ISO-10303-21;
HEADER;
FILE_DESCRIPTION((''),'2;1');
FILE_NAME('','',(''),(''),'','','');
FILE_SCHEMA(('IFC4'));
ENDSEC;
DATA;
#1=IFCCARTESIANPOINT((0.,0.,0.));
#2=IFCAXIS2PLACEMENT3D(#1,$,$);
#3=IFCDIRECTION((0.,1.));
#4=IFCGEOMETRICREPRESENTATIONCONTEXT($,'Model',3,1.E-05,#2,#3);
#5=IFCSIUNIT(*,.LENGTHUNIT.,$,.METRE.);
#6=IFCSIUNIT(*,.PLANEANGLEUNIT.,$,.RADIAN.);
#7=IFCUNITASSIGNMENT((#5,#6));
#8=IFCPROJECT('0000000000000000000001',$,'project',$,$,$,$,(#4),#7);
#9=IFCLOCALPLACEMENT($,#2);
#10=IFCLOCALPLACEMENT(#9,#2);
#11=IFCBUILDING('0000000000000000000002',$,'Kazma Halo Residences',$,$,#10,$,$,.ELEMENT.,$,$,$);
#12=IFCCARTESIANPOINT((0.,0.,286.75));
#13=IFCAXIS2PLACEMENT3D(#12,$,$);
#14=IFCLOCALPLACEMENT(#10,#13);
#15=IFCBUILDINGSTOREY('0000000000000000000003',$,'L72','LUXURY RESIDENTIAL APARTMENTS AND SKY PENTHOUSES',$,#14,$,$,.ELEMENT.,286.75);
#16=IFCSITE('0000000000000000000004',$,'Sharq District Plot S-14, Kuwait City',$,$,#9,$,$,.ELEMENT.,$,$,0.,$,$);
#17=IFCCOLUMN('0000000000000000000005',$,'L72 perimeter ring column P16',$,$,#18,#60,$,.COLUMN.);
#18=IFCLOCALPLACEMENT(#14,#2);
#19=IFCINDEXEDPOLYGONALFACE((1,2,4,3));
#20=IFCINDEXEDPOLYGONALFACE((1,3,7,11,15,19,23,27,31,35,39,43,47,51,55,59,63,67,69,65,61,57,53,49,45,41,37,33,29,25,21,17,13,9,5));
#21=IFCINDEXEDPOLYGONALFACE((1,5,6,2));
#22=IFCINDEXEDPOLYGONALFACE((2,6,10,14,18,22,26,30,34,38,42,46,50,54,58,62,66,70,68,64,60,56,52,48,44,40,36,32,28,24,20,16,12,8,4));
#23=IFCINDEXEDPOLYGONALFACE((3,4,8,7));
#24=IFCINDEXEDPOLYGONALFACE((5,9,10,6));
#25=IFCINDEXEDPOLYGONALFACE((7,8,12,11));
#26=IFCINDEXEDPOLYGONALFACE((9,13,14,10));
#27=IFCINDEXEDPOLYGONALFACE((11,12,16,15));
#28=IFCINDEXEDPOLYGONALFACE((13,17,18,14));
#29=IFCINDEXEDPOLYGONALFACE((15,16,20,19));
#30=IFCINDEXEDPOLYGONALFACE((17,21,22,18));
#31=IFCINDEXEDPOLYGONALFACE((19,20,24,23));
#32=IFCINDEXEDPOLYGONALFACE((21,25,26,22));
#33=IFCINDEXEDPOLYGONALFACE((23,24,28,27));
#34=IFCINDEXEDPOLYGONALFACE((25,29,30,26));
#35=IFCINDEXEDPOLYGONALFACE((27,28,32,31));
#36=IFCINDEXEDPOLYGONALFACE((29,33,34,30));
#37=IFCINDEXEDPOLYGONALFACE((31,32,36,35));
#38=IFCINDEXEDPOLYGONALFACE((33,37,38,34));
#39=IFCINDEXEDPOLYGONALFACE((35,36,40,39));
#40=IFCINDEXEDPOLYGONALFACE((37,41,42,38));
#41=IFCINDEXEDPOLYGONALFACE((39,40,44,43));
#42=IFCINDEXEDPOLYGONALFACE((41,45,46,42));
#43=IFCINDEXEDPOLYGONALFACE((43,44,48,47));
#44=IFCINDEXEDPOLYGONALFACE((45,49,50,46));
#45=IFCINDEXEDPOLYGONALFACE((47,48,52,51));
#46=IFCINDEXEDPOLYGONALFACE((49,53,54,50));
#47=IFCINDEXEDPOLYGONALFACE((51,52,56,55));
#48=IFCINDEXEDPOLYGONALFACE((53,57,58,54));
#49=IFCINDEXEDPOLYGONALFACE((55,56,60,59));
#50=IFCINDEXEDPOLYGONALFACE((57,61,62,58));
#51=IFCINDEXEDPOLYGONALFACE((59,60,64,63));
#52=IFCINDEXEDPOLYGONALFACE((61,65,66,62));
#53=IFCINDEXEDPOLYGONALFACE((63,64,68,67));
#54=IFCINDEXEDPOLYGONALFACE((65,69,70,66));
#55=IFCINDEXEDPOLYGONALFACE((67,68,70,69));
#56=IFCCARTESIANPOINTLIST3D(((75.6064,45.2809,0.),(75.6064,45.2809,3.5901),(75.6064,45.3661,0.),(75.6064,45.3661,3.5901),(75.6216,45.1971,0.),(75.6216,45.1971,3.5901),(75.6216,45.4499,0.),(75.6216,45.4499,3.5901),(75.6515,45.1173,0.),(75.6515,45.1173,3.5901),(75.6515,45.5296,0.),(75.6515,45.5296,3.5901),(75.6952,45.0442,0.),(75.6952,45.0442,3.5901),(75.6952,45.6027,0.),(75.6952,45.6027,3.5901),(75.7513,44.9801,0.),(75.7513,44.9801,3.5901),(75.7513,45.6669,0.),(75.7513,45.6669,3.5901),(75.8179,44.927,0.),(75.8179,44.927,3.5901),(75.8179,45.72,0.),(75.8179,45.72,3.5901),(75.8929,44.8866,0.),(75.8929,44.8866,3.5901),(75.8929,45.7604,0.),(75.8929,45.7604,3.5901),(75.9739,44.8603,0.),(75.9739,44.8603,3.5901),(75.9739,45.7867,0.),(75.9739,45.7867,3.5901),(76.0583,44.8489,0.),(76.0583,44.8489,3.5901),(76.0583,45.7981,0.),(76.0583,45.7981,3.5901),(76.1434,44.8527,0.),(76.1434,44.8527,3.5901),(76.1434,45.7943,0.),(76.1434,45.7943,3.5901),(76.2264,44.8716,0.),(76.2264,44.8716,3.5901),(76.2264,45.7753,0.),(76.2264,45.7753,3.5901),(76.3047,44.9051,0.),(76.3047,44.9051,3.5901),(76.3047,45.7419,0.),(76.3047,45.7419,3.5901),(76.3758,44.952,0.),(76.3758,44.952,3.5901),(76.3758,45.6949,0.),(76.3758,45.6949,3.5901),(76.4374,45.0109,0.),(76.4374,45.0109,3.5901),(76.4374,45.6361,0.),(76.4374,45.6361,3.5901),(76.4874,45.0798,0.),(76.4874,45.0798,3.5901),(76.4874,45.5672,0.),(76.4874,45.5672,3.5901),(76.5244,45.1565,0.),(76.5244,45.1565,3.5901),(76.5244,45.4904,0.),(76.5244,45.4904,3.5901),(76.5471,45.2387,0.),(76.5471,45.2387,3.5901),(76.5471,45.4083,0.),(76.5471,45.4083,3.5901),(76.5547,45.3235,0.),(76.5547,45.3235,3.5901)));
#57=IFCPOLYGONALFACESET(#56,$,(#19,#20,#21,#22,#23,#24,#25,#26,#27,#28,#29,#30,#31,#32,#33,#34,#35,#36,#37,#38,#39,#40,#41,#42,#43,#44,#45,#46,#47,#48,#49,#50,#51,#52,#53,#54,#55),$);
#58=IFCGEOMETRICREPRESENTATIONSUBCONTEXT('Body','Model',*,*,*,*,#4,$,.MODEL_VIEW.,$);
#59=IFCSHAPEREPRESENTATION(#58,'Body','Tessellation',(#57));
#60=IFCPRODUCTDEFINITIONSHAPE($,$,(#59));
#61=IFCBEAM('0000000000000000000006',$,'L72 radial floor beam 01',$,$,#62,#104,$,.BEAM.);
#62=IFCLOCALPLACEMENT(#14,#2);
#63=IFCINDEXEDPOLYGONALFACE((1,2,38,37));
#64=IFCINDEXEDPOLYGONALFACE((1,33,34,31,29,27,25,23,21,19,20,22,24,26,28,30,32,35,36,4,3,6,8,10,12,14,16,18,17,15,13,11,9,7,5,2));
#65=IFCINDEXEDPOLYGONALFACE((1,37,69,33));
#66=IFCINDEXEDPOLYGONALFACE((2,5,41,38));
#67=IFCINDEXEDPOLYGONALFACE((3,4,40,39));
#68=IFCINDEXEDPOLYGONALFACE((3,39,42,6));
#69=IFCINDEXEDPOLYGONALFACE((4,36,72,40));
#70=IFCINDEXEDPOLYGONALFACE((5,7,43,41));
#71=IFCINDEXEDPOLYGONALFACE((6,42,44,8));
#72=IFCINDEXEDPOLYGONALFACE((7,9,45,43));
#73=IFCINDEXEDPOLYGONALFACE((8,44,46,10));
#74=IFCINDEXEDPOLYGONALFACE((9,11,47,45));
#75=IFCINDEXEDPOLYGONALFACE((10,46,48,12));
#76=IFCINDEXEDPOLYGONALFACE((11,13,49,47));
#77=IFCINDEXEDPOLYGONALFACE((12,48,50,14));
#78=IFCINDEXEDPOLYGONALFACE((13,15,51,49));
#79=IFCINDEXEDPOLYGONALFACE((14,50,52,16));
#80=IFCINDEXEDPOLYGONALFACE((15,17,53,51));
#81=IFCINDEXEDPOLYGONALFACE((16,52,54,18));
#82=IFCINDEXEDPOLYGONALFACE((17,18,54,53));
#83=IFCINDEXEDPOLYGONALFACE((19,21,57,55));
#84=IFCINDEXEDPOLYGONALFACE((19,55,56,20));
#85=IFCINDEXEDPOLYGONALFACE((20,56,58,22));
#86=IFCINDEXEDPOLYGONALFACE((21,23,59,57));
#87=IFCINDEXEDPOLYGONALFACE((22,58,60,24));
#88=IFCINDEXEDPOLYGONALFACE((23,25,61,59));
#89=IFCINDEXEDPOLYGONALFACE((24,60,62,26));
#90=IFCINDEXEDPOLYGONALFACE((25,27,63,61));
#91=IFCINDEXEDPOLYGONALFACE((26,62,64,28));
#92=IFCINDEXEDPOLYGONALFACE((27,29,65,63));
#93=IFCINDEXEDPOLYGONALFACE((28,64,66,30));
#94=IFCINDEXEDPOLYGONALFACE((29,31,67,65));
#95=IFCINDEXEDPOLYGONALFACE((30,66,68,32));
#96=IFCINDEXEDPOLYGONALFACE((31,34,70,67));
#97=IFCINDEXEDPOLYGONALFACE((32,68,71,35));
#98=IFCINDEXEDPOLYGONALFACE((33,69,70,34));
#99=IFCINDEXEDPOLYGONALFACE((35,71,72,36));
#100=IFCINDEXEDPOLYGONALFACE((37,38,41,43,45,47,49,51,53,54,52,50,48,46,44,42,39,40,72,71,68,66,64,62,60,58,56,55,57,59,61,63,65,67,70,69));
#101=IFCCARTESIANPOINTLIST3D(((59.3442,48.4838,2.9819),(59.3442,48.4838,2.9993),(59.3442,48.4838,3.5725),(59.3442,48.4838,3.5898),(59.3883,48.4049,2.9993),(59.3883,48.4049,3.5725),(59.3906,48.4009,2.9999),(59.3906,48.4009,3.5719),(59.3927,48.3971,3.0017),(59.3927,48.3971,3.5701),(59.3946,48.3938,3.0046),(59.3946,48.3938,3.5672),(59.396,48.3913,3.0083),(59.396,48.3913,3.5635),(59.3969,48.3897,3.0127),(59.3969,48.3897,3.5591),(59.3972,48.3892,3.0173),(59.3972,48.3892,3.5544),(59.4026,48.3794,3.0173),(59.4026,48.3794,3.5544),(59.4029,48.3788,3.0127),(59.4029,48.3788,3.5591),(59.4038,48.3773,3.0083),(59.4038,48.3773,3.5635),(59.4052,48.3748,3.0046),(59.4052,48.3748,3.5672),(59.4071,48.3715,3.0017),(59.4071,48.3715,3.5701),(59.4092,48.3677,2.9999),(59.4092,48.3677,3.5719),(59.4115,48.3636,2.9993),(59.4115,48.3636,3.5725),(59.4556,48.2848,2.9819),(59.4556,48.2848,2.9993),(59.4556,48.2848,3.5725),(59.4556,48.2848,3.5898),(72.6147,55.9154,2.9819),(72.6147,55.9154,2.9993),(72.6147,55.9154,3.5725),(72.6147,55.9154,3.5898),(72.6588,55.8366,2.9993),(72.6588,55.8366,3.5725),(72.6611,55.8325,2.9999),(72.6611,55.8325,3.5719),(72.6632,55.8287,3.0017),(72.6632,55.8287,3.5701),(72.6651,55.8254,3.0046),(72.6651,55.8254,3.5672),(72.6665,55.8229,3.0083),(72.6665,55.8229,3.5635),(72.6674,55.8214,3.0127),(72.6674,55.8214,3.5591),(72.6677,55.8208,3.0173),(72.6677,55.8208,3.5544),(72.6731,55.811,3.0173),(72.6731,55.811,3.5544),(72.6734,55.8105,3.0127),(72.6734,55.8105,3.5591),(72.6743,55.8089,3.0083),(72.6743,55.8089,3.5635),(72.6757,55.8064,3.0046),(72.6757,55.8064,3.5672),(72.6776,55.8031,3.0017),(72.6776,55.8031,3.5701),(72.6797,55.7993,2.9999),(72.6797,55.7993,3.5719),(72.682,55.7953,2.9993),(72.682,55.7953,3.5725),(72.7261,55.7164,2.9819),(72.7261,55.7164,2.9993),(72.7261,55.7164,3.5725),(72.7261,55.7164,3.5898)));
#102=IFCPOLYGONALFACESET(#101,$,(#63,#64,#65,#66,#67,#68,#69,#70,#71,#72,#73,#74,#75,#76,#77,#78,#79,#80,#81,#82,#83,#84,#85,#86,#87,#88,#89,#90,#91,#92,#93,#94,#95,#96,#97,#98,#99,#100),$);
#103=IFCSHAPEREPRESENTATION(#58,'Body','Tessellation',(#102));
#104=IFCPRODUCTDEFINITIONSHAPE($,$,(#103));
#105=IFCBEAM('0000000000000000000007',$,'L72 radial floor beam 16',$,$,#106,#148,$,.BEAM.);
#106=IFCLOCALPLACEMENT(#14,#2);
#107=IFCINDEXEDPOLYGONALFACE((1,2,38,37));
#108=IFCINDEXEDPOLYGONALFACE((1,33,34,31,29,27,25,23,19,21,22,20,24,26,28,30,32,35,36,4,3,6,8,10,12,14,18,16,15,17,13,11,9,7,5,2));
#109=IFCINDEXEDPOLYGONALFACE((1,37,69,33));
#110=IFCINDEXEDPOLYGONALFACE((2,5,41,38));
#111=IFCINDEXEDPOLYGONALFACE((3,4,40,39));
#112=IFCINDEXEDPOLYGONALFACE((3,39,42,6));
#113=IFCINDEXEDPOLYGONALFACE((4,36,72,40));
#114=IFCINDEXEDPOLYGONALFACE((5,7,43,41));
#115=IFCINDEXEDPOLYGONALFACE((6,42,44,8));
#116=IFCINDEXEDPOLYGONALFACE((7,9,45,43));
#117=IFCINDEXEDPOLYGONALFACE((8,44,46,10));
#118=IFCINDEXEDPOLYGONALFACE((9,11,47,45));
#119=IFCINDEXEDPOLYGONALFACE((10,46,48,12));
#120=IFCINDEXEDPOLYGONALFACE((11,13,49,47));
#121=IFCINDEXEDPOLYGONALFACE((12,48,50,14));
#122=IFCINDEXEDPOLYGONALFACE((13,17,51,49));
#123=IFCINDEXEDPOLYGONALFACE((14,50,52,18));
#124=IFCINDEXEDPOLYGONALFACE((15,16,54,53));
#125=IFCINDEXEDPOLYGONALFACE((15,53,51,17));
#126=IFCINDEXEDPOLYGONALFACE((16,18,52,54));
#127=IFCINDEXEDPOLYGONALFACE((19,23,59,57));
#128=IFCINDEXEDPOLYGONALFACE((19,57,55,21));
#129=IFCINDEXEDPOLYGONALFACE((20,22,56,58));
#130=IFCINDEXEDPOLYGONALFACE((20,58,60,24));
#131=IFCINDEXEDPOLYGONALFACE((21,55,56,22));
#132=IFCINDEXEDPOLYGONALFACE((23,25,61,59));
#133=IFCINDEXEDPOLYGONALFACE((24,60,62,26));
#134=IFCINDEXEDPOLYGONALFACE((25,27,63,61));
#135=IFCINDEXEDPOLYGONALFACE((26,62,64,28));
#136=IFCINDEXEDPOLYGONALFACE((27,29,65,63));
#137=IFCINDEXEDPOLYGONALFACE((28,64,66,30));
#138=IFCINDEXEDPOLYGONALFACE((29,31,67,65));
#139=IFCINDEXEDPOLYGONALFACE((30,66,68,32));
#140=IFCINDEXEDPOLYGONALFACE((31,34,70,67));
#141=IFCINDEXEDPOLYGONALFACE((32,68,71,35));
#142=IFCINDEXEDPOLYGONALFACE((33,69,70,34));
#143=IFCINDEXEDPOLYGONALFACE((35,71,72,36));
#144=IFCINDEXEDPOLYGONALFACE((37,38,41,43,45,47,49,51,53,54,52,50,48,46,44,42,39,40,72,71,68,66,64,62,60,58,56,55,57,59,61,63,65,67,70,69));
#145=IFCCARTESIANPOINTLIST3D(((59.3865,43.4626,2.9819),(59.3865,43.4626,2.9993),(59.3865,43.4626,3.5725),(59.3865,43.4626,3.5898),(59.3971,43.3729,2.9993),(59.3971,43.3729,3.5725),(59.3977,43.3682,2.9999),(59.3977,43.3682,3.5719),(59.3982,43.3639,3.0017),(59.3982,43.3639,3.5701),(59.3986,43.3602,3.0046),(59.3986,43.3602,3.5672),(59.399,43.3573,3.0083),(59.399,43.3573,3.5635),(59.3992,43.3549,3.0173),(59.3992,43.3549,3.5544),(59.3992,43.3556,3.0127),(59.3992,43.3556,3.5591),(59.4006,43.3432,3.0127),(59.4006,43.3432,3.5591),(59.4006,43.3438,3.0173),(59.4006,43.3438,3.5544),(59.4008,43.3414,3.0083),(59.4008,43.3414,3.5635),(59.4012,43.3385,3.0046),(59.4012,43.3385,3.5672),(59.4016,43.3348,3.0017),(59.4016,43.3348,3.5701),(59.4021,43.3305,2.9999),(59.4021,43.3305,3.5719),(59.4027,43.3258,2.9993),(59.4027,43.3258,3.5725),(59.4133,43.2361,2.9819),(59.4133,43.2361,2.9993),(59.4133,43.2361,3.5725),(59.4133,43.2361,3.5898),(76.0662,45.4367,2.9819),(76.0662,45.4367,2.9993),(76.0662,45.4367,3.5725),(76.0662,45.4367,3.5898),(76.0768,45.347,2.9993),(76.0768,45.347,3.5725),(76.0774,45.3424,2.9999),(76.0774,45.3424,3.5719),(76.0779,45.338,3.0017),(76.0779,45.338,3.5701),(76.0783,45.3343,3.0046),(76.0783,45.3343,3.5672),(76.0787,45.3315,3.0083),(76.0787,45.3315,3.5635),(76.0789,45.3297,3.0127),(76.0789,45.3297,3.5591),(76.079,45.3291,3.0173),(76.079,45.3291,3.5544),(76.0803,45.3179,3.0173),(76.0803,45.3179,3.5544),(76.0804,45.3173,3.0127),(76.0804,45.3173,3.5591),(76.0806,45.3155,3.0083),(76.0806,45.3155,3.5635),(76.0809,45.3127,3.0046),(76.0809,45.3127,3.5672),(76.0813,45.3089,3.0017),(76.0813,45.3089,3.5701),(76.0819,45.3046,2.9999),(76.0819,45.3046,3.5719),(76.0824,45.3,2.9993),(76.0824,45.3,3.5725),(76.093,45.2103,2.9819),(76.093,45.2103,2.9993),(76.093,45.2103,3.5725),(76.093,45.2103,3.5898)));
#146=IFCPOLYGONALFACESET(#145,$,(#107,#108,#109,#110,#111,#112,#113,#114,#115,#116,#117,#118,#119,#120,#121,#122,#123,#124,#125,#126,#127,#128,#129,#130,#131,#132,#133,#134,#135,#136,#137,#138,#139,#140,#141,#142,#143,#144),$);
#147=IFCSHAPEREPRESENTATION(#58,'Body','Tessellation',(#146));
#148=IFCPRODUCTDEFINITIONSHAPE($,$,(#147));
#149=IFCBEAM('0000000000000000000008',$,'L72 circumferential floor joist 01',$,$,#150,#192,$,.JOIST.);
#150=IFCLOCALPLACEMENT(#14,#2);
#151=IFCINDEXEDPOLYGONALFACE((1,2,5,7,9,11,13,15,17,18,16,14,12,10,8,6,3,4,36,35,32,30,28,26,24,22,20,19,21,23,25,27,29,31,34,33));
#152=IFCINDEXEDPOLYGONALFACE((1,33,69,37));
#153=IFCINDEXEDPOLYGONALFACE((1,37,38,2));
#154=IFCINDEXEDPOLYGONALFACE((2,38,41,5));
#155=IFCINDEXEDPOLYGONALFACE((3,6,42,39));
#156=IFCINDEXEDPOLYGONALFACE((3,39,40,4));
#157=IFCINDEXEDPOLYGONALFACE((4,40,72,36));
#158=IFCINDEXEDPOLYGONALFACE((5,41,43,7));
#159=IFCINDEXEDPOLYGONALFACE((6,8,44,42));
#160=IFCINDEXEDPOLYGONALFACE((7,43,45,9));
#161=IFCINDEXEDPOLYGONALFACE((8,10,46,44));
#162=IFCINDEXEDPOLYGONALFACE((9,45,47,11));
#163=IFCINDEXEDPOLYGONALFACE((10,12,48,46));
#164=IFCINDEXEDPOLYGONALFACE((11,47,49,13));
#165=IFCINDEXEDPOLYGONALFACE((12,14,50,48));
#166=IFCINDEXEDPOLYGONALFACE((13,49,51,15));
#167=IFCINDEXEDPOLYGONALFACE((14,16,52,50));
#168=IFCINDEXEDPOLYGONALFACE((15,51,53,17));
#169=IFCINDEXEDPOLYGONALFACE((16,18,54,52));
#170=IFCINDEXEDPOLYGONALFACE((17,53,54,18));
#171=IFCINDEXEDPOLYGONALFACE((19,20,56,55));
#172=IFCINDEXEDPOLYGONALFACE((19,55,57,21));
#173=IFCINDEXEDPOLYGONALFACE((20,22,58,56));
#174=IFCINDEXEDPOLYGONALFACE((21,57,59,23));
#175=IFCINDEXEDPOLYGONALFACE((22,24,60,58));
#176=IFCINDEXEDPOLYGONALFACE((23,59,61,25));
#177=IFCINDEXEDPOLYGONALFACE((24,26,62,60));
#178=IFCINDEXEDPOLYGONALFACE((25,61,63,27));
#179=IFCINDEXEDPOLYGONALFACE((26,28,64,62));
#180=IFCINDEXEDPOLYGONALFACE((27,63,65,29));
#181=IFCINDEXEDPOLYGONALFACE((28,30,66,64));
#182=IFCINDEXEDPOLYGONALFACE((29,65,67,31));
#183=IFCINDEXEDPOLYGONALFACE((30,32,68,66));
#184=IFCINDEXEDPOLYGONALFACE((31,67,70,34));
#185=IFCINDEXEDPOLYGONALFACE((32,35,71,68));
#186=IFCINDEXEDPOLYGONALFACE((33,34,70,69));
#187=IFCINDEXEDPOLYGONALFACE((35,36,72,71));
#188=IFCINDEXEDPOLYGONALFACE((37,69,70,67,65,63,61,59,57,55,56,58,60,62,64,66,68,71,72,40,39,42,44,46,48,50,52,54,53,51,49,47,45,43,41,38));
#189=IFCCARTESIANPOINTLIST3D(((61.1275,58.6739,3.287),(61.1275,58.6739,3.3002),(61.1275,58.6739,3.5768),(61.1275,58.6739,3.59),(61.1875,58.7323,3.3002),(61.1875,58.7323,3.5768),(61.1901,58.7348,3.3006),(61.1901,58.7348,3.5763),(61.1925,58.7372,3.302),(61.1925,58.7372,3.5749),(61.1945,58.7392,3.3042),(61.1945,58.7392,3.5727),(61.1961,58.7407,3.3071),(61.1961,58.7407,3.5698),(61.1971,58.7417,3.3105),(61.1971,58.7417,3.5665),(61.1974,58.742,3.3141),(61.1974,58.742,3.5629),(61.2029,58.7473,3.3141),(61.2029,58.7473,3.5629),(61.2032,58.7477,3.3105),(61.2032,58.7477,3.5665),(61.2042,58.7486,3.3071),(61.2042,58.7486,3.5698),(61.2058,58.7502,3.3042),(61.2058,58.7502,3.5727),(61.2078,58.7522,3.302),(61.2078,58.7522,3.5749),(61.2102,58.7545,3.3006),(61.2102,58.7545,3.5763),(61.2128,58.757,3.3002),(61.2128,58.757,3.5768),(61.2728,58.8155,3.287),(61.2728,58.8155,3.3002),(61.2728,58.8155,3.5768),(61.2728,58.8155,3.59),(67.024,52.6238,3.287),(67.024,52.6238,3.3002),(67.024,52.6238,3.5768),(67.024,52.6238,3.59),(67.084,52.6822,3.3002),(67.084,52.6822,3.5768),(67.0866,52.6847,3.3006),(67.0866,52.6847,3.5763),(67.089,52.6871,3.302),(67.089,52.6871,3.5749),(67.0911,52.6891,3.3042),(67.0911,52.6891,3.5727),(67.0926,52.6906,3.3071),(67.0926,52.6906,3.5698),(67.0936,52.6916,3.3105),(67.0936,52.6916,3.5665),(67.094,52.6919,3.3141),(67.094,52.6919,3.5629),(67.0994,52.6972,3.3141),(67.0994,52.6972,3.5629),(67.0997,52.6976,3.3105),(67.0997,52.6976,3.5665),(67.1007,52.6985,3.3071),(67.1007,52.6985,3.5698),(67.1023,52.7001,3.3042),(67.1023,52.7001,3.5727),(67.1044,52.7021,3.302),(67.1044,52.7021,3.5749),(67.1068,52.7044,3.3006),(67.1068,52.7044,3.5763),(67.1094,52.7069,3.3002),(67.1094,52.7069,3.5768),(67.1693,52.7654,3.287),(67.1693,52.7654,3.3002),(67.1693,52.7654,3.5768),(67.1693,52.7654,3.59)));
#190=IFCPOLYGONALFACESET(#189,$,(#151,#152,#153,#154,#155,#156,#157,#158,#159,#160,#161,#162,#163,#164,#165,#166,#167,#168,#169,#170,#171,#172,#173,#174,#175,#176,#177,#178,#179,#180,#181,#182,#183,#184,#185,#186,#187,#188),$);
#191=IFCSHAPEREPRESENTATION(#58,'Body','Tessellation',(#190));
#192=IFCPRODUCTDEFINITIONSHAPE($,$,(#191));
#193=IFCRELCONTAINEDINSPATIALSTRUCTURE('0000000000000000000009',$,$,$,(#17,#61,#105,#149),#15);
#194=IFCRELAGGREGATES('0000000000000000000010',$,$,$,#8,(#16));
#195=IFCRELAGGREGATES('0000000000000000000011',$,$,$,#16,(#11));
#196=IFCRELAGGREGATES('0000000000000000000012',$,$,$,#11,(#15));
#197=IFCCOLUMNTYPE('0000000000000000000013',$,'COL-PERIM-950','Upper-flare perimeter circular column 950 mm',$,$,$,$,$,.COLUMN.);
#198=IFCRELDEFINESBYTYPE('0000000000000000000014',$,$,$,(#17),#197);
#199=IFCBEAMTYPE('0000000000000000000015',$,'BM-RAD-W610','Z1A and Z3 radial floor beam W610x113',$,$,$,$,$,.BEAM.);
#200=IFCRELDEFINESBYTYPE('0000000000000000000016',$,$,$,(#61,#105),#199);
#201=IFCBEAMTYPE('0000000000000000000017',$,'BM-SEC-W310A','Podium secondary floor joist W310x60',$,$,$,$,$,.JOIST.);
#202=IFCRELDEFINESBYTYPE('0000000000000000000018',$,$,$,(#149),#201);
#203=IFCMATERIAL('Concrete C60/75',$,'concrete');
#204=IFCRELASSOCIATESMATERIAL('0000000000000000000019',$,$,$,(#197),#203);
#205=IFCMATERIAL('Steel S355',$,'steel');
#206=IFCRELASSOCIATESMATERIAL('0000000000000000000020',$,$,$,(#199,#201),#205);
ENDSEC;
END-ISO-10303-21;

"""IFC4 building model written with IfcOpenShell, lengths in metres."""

from ifc_helpers import new_model, si_unit, direction, frame, origin, origin_2d, place, context, subcontext, project, spatial, circle, i_section, extrude, material, material_profile, profile_set, type_object, element, save


model = new_model("IFC4")

# Units and contexts
model_context = context("Model", 3, precision=1e-05, world=origin(), true_north=direction((0.0, 1.0)))
body_context = subcontext(model_context, "Body", "Model", "MODEL_VIEW")
ifc_project = project(units=[si_unit("LENGTHUNIT", "METRE"), si_unit("PLANEANGLEUNIT", "RADIAN")], contexts=[model_context])

# Site, building, storey
site_placement = place(None, origin())
site = spatial("IfcSite", under=ifc_project, at=site_placement, Name="Sharq District Plot S-14, Kuwait City", CompositionType="ELEMENT", RefElevation=0.0)
building_placement = place(site_placement, origin())
building = spatial("IfcBuilding", under=site, at=building_placement, Name="Kazma Halo Residences", CompositionType="ELEMENT")
storey_placement = place(building_placement, frame((0.0, 0.0, 286.75)))
storey = spatial("IfcBuildingStorey", under=building, at=storey_placement, Name="L72", Description="LUXURY RESIDENTIAL APARTMENTS AND SKY PENTHOUSES", CompositionType="ELEMENT", Elevation=286.75)

# Column
ifc_material_1 = material(Name="Concrete C60/75", Category="concrete")
ifc_material_profile_1 = material_profile(ifc_material_1, circle(Radius=0.4751, at=origin_2d()), Name="CIRC950")
ifc_profile_set_1 = profile_set([ifc_material_profile_1], Name="Concrete C60/75")
column_type = type_object("IfcColumnType", Name="COL-PERIM-950", Description="Upper-flare perimeter circular column 950 mm", PredefinedType="COLUMN", material=ifc_profile_set_1)
column_placement = place(storey_placement, frame((76.0796, 45.3235, 0.0), z_axis=(0.0, 0.0, 1.0), x_axis=(1.0, 0.0, 0.0)))
element("IfcColumn", 1, at=column_placement, inside=storey, type_object=column_type, Name="L72 perimeter ring column P16", PredefinedType="COLUMN", context=body_context, shape_type="SweptSolid", body=[
    extrude(circle(Radius=0.4751, at=origin_2d()), origin(), (0.0, 0.0, 1.0), 3.5901),
])

# Beams
ifc_material_2 = material(Name="Steel S355", Category="steel")
ifc_material_profile_2 = material_profile(ifc_material_2, i_section(OverallWidth=0.228, OverallDepth=0.6079, WebThickness=0.0112, FlangeThickness=0.0173, FilletRadius=0.0181, at=origin_2d()), Name="W610x113")
ifc_profile_set_2 = profile_set([ifc_material_profile_2], Name="Steel S355")
beam_type_1 = type_object("IfcBeamType", Name="BM-RAD-W610", Description="Z1A and Z3 radial floor beam W610x113", PredefinedType="BEAM", material=ifc_profile_set_2)
beam_1_placement = place(storey_placement, frame((59.3999, 48.3843, 3.2859), z_axis=(0.872502, 0.488611, 0.0), x_axis=(-0.488611, 0.872502, 0.0)))
element("IfcBeam", 2, at=beam_1_placement, inside=storey, type_object=beam_type_1, Name="L72 radial floor beam 01", PredefinedType="BEAM", context=body_context, shape_type="SweptSolid", body=[
    extrude(i_section(OverallWidth=0.228, OverallDepth=0.6079, WebThickness=0.0112, FlangeThickness=0.0173, FilletRadius=0.0181, at=origin_2d()), origin(), (0.0, 0.0, 1.0), 15.2097),
])
beam_2_placement = place(storey_placement, frame((59.3999, 43.3494, 3.2859), z_axis=(0.993069, 0.117534, 0.0), x_axis=(-0.117534, 0.993069, 0.0)))
element("IfcBeam", 3, at=beam_2_placement, inside=storey, type_object=beam_type_1, Name="L72 radial floor beam 16", PredefinedType="BEAM", context=body_context, shape_type="SweptSolid", body=[
    extrude(i_section(OverallWidth=0.228, OverallDepth=0.6079, WebThickness=0.0112, FlangeThickness=0.0173, FilletRadius=0.0181, at=origin_2d()), origin(), (0.0, 0.0, 1.0), 16.7961),
])
ifc_material_profile_3 = material_profile(ifc_material_2, i_section(OverallWidth=0.2029, OverallDepth=0.303, WebThickness=0.0076, FlangeThickness=0.0132, FilletRadius=0.0139, at=origin_2d()), Name="W310x60")
ifc_profile_set_3 = profile_set([ifc_material_profile_3], Name="Steel S355")
beam_type_2 = type_object("IfcBeamType", Name="BM-SEC-W310A", Description="Podium secondary floor joist W310x60", PredefinedType="JOIST", material=ifc_profile_set_3)
beam_3_placement = place(storey_placement, frame((67.0967, 52.6946, 3.4385), z_axis=(-0.69796, 0.716137, 0.0), x_axis=(-0.716137, -0.69796, 0.0)))
element("IfcBeam", 4, at=beam_3_placement, inside=storey, type_object=beam_type_2, Name="L72 circumferential floor joist 01", PredefinedType="JOIST", context=body_context, shape_type="SweptSolid", body=[
    extrude(i_section(OverallWidth=0.2029, OverallDepth=0.303, WebThickness=0.0076, FlangeThickness=0.0132, FilletRadius=0.0139, at=origin_2d()), origin(), (0.0, 0.0, 1.0), 8.4482),
])

save(model, "model.ifc")
